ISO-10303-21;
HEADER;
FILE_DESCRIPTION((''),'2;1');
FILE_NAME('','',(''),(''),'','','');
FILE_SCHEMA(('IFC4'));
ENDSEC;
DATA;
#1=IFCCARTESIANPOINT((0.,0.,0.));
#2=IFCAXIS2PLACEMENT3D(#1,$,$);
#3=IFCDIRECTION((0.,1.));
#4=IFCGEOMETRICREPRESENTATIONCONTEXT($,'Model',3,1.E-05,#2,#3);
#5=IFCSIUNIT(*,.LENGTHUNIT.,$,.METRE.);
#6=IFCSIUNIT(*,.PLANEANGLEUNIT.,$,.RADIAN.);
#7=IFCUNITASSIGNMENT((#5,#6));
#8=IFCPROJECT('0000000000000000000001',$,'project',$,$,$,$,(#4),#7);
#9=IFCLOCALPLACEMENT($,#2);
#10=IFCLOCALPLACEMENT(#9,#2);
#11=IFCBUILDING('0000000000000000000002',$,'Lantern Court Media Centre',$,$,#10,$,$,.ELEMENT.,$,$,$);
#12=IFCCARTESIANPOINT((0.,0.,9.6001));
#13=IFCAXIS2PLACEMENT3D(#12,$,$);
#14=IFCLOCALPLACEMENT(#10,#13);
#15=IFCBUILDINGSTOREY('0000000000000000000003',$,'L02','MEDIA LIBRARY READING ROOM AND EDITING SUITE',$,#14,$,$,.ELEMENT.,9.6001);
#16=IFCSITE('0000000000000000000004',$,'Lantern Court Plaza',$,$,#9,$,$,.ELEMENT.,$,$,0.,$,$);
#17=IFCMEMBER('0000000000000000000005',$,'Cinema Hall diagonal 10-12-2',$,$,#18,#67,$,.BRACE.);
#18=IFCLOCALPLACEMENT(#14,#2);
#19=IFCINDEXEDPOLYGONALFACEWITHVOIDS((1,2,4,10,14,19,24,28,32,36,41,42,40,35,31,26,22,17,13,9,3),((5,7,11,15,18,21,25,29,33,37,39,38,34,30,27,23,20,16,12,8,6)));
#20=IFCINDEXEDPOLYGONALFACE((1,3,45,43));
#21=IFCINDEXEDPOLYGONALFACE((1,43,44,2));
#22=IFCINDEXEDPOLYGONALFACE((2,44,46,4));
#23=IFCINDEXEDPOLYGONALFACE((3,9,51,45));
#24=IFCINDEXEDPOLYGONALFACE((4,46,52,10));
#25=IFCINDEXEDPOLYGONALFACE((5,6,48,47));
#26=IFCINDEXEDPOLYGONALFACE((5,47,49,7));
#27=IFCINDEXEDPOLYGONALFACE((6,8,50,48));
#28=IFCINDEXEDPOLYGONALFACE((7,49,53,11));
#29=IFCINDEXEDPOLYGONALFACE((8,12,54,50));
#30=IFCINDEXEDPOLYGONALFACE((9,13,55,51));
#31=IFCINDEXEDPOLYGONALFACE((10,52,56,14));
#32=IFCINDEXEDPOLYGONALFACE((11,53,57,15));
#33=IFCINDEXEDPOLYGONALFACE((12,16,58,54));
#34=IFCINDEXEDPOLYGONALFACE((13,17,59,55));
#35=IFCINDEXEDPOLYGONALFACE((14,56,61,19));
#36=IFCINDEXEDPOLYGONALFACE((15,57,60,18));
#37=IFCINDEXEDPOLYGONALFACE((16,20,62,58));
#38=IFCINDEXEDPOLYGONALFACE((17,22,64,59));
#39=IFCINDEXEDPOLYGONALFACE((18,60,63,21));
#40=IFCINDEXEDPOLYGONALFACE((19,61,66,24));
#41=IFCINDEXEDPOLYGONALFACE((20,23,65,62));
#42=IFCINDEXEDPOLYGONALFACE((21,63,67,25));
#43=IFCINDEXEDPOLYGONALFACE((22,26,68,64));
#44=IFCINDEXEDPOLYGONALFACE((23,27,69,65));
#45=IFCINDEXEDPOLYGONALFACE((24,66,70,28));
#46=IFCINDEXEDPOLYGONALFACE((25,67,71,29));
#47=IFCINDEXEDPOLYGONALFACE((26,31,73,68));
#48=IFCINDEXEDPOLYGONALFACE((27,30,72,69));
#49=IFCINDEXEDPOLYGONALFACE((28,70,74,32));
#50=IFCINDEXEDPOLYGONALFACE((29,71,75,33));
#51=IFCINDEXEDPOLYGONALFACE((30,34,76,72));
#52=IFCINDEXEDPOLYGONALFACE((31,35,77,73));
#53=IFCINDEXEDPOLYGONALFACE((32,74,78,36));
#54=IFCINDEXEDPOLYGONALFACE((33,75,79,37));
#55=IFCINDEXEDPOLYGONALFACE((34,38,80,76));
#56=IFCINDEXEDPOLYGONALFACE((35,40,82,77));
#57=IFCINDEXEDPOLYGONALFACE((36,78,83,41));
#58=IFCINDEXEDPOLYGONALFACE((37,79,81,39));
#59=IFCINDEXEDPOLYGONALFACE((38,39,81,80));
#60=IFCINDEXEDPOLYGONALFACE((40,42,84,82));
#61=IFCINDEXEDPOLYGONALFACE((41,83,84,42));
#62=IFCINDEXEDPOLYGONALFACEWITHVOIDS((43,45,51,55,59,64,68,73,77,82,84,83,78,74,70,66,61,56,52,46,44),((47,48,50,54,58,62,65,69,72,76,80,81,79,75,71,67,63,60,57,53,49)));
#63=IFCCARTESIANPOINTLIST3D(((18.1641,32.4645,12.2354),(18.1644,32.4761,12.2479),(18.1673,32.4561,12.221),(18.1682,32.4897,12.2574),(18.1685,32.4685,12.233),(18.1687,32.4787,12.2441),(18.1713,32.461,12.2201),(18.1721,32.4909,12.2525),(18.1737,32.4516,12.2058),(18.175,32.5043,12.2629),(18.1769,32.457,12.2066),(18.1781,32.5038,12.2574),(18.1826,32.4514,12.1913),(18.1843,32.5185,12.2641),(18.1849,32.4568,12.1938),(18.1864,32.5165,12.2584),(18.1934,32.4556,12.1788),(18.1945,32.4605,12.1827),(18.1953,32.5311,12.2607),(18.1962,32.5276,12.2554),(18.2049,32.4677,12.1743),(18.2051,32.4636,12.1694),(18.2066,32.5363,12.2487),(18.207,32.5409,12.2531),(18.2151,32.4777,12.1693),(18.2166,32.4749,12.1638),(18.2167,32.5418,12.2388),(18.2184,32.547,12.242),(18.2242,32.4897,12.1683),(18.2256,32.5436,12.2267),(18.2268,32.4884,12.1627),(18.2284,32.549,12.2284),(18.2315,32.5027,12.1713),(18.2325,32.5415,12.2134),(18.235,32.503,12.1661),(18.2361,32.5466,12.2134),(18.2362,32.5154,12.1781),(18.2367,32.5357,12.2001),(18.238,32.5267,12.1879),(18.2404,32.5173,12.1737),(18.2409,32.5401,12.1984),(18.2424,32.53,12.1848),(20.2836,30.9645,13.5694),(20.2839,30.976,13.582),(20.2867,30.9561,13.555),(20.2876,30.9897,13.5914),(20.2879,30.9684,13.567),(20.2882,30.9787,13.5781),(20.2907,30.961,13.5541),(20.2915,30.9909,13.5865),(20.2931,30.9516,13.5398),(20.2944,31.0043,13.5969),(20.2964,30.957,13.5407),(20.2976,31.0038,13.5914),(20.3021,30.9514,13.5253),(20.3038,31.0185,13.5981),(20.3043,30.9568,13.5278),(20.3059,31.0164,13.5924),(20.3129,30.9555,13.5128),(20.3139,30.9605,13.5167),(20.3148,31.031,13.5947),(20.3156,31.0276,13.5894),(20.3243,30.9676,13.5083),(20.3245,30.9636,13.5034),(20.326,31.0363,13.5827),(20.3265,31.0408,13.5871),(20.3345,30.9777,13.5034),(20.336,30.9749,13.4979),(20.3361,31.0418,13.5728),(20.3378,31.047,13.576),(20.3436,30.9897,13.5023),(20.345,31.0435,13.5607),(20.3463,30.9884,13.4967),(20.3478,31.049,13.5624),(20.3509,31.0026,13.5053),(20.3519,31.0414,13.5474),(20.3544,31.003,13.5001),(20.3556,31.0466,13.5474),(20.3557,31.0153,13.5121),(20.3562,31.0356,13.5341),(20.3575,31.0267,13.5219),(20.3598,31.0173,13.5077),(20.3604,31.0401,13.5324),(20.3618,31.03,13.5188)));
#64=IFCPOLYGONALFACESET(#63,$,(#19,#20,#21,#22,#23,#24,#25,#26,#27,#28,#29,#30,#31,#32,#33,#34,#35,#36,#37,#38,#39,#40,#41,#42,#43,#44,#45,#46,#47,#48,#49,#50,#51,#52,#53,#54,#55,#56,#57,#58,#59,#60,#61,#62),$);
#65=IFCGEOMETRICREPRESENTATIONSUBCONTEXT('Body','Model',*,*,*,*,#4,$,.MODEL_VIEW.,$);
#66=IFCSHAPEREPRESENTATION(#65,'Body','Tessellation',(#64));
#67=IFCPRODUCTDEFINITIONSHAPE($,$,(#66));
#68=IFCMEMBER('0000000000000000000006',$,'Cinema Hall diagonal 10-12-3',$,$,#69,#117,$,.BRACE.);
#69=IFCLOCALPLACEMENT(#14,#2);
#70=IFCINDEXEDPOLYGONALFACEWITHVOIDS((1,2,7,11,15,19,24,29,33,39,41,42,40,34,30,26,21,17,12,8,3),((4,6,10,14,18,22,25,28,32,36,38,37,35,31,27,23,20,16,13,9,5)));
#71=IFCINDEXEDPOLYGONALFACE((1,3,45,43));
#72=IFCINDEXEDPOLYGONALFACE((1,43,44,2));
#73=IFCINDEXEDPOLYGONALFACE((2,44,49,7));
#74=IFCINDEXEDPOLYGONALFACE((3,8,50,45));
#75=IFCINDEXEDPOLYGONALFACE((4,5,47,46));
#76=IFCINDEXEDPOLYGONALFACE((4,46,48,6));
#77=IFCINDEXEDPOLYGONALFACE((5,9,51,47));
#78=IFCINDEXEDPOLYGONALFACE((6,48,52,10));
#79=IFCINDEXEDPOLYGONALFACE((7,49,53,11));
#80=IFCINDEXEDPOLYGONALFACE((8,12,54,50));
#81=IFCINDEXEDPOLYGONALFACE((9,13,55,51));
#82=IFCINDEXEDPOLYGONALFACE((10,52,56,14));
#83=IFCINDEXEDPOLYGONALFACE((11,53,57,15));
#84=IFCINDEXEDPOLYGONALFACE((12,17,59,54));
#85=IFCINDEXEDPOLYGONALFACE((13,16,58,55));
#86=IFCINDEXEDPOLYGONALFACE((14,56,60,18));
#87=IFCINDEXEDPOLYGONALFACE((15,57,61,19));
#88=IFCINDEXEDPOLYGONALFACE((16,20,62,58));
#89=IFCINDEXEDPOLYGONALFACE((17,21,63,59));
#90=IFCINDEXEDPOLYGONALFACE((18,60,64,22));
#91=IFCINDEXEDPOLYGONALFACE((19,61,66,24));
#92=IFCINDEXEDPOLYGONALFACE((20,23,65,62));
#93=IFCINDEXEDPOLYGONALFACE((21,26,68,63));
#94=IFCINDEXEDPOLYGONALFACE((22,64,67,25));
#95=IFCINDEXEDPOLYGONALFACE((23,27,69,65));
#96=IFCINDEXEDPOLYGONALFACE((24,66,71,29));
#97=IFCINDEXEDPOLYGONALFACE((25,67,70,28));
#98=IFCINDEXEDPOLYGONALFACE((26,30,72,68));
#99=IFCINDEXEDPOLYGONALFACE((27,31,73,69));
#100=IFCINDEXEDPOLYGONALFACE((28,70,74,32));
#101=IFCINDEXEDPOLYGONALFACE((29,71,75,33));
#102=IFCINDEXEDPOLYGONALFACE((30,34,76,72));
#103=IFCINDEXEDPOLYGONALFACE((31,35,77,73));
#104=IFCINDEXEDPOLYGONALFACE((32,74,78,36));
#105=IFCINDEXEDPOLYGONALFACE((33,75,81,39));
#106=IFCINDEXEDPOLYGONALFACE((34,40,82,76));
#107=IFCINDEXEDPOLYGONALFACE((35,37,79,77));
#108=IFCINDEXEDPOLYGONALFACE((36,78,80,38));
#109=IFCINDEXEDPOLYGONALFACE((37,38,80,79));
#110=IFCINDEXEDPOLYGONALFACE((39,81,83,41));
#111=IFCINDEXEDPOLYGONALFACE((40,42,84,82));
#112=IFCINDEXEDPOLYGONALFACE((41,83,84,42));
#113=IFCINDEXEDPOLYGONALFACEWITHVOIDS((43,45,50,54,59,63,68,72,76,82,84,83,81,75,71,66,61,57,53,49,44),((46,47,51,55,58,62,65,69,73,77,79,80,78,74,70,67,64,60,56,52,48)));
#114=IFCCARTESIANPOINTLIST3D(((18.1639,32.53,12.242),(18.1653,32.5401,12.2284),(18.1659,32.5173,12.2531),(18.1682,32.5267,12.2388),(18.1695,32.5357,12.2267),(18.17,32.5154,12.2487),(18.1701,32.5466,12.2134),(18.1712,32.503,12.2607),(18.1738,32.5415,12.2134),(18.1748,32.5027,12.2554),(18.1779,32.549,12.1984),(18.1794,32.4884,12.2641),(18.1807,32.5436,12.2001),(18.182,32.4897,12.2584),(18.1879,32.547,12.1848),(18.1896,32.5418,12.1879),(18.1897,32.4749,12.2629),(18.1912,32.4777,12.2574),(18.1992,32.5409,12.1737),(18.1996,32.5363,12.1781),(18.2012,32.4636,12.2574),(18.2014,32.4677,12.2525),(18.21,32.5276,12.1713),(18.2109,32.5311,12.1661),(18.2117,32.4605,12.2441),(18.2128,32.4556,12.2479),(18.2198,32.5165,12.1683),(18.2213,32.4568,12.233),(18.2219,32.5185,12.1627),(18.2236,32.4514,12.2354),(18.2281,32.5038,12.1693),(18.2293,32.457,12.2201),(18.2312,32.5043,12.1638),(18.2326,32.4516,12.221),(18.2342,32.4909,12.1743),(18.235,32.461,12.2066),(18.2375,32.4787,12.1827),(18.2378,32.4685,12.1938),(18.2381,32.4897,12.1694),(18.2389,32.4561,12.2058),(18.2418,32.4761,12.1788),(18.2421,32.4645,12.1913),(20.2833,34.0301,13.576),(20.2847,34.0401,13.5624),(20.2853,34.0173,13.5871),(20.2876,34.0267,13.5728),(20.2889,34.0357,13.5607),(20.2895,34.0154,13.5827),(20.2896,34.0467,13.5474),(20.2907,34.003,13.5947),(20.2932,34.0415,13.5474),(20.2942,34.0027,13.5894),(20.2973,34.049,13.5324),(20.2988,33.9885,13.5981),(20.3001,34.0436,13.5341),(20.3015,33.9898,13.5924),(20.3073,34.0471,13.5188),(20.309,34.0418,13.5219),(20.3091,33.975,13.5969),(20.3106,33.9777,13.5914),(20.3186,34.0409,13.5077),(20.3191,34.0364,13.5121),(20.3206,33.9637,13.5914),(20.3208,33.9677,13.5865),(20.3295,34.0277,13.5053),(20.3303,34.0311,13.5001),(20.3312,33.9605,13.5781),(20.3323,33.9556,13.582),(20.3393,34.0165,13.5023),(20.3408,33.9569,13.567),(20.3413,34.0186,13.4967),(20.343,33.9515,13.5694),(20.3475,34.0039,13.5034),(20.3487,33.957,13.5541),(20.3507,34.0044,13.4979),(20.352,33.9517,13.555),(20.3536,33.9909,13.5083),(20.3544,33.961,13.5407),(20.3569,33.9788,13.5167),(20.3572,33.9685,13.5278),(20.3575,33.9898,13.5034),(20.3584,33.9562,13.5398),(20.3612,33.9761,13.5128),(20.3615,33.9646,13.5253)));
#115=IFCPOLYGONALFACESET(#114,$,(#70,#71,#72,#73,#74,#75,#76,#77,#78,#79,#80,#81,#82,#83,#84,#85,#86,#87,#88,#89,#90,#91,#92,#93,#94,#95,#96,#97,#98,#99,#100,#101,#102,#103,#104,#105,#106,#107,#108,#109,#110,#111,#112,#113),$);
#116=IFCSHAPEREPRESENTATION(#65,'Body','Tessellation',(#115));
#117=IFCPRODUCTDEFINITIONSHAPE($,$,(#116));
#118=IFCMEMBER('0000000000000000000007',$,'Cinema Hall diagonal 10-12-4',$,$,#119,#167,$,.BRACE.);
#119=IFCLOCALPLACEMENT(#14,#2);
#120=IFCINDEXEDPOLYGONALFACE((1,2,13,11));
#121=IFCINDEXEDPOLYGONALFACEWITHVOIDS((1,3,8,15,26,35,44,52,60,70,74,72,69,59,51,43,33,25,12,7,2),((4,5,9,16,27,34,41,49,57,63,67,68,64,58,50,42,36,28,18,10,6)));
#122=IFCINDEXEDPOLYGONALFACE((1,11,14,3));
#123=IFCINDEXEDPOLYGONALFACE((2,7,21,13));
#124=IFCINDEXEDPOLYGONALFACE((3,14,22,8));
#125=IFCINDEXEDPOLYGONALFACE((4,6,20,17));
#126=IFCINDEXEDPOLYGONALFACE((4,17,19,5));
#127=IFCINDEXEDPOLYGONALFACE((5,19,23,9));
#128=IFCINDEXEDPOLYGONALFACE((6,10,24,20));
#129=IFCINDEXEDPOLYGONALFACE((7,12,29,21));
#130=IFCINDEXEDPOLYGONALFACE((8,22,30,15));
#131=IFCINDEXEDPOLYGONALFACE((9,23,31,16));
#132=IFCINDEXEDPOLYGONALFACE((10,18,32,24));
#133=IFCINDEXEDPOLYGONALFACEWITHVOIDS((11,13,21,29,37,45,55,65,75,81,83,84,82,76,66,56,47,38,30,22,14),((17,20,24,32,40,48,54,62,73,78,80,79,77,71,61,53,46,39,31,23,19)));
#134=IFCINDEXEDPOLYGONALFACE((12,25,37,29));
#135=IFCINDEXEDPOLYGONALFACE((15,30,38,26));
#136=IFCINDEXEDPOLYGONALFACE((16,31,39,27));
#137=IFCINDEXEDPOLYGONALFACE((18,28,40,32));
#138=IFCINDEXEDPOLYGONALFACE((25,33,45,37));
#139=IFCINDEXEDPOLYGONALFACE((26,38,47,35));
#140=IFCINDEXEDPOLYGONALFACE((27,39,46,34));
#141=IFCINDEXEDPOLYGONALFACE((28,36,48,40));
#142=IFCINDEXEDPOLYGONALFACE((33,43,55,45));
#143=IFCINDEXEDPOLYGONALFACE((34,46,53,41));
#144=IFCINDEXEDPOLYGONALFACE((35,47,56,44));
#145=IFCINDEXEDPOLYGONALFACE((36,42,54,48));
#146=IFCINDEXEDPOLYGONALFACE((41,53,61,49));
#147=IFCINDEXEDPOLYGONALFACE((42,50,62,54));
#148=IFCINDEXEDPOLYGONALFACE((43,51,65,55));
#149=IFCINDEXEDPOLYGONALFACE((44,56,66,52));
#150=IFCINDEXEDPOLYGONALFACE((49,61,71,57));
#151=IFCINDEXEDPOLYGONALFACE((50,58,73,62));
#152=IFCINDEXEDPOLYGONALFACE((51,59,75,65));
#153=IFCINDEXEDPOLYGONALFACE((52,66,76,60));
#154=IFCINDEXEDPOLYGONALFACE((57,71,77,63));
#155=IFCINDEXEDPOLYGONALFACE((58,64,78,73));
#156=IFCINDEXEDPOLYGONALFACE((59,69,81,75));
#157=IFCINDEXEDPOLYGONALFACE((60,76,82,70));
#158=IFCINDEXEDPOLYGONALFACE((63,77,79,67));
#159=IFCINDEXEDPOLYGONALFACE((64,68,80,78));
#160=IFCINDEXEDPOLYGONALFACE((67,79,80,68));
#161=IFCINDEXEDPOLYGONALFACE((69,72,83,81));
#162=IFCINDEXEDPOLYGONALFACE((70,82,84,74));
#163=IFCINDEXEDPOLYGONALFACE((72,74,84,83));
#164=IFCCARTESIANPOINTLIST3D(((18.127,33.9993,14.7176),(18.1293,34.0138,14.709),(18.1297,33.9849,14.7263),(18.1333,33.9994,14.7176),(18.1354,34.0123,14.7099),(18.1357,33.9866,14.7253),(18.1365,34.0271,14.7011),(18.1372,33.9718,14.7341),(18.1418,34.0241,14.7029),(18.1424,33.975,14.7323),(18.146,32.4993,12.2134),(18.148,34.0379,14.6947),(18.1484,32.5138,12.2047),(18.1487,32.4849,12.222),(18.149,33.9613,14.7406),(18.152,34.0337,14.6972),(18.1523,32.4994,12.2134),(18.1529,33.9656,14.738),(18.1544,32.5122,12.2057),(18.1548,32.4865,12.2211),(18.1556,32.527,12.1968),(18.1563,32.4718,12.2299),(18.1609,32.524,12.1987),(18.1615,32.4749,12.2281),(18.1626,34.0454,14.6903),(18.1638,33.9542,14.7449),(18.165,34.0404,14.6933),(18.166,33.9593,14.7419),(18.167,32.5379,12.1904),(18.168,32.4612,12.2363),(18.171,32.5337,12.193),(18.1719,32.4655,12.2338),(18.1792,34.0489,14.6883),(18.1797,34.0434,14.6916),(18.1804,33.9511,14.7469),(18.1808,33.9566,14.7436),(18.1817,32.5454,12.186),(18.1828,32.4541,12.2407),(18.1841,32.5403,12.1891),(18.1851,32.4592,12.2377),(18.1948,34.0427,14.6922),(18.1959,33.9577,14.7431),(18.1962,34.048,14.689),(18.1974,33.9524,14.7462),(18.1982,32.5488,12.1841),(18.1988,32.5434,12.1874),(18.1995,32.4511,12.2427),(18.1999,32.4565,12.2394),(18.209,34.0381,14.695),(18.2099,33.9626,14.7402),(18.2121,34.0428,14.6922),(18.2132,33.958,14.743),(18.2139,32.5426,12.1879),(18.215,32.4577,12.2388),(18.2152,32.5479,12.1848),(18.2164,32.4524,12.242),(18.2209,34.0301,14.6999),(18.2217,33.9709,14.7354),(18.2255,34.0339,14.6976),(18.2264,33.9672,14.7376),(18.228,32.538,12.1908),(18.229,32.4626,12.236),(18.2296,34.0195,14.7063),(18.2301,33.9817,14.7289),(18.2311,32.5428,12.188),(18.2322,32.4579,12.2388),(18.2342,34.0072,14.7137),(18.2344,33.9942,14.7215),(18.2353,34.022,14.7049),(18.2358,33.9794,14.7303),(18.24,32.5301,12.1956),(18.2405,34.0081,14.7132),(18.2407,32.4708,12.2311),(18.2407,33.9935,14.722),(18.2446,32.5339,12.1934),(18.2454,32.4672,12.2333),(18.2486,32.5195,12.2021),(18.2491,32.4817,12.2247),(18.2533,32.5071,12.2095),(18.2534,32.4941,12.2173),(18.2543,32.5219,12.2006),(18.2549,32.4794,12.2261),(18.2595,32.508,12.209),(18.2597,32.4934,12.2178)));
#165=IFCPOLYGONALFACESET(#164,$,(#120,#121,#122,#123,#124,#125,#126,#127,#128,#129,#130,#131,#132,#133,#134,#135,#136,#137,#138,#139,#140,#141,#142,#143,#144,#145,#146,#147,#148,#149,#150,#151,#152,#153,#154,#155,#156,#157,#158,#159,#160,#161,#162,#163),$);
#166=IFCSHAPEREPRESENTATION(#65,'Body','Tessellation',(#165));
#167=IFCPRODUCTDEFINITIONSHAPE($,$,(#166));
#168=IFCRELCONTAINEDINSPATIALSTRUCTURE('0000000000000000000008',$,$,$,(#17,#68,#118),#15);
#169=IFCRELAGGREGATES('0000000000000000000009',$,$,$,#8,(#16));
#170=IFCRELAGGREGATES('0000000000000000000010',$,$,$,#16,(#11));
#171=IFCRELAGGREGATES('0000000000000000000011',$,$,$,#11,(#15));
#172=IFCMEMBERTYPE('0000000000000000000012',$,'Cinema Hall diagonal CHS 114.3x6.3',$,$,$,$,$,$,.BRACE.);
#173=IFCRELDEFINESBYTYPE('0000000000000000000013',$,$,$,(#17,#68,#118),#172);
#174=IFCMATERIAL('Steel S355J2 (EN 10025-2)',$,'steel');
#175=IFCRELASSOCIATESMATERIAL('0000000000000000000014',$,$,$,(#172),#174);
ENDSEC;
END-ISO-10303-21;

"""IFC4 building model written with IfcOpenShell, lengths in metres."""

from ifc_helpers import new_model, si_unit, direction, frame, origin, origin_2d, place, context, subcontext, project, spatial, hollow_circle, extrude, material, material_profile, profile_set, type_object, element, save


model = new_model("IFC4")

# Units and contexts
model_context = context("Model", 3, precision=1e-05, world=origin(), true_north=direction((0.0, 1.0)))
body_context = subcontext(model_context, "Body", "Model", "MODEL_VIEW")
ifc_project = project(units=[si_unit("LENGTHUNIT", "METRE"), si_unit("PLANEANGLEUNIT", "RADIAN")], contexts=[model_context])

# Site, building, storey
site_placement = place(None, origin())
site = spatial("IfcSite", under=ifc_project, at=site_placement, Name="Lantern Court Plaza", CompositionType="ELEMENT", RefElevation=0.0)
building_placement = place(site_placement, origin())
building = spatial("IfcBuilding", under=site, at=building_placement, Name="Lantern Court Media Centre", CompositionType="ELEMENT")
storey_placement = place(building_placement, frame((0.0, 0.0, 9.6001)))
storey = spatial("IfcBuildingStorey", under=building, at=storey_placement, Name="L02", Description="MEDIA LIBRARY READING ROOM AND EDITING SUITE", CompositionType="ELEMENT", Elevation=9.6001)

# Members
ifc_material = material(Name="Steel S355J2 (EN 10025-2)", Category="steel")
ifc_material_profile_1 = material_profile(ifc_material, hollow_circle(Radius=0.0571, WallThickness=0.0063, at=origin_2d()), Name="Cinema Hall diagonal CHS 114.3x6.3")
ifc_profile_set_1 = profile_set([ifc_material_profile_1], Name="Steel S355J2 (EN 10025-2)")
member_type_1 = type_object("IfcMemberType", Name="Cinema Hall diagonal CHS 114.3x6.3", PredefinedType="BRACE", material=ifc_profile_set_1)
for number, where, z_axis, x_axis, name in (
    (1, (18.2031, 32.5, 12.2134), (0.726034, -0.513852, 0.45698), (0.577702, 0.816248, 0.0), "Cinema Hall diagonal 10-12-2"),
    (2, (18.2031, 32.5, 12.2134), (0.726034, 0.513852, 0.45698), (-0.577702, 0.816248, 0.0), "Cinema Hall diagonal 10-12-3"),
    (3, (18.2031, 32.5, 12.2134), (-0.006524, 0.513857, 0.857851), (-0.999919, -0.012694, 0.0), "Cinema Hall diagonal 10-12-4"),
):
    element("IfcMember", number, at=place(storey_placement, frame(where, z_axis=z_axis, x_axis=x_axis)), inside=storey, type_object=member_type_1, Name=name, PredefinedType="BRACE", context=body_context, shape_type="SweptSolid", body=[
        extrude(hollow_circle(Radius=0.0571, WallThickness=0.0063, at=origin_2d()), origin(), (0.0, 0.0, 1.0), 2.9192),
    ])

save(model, "model.ifc")
